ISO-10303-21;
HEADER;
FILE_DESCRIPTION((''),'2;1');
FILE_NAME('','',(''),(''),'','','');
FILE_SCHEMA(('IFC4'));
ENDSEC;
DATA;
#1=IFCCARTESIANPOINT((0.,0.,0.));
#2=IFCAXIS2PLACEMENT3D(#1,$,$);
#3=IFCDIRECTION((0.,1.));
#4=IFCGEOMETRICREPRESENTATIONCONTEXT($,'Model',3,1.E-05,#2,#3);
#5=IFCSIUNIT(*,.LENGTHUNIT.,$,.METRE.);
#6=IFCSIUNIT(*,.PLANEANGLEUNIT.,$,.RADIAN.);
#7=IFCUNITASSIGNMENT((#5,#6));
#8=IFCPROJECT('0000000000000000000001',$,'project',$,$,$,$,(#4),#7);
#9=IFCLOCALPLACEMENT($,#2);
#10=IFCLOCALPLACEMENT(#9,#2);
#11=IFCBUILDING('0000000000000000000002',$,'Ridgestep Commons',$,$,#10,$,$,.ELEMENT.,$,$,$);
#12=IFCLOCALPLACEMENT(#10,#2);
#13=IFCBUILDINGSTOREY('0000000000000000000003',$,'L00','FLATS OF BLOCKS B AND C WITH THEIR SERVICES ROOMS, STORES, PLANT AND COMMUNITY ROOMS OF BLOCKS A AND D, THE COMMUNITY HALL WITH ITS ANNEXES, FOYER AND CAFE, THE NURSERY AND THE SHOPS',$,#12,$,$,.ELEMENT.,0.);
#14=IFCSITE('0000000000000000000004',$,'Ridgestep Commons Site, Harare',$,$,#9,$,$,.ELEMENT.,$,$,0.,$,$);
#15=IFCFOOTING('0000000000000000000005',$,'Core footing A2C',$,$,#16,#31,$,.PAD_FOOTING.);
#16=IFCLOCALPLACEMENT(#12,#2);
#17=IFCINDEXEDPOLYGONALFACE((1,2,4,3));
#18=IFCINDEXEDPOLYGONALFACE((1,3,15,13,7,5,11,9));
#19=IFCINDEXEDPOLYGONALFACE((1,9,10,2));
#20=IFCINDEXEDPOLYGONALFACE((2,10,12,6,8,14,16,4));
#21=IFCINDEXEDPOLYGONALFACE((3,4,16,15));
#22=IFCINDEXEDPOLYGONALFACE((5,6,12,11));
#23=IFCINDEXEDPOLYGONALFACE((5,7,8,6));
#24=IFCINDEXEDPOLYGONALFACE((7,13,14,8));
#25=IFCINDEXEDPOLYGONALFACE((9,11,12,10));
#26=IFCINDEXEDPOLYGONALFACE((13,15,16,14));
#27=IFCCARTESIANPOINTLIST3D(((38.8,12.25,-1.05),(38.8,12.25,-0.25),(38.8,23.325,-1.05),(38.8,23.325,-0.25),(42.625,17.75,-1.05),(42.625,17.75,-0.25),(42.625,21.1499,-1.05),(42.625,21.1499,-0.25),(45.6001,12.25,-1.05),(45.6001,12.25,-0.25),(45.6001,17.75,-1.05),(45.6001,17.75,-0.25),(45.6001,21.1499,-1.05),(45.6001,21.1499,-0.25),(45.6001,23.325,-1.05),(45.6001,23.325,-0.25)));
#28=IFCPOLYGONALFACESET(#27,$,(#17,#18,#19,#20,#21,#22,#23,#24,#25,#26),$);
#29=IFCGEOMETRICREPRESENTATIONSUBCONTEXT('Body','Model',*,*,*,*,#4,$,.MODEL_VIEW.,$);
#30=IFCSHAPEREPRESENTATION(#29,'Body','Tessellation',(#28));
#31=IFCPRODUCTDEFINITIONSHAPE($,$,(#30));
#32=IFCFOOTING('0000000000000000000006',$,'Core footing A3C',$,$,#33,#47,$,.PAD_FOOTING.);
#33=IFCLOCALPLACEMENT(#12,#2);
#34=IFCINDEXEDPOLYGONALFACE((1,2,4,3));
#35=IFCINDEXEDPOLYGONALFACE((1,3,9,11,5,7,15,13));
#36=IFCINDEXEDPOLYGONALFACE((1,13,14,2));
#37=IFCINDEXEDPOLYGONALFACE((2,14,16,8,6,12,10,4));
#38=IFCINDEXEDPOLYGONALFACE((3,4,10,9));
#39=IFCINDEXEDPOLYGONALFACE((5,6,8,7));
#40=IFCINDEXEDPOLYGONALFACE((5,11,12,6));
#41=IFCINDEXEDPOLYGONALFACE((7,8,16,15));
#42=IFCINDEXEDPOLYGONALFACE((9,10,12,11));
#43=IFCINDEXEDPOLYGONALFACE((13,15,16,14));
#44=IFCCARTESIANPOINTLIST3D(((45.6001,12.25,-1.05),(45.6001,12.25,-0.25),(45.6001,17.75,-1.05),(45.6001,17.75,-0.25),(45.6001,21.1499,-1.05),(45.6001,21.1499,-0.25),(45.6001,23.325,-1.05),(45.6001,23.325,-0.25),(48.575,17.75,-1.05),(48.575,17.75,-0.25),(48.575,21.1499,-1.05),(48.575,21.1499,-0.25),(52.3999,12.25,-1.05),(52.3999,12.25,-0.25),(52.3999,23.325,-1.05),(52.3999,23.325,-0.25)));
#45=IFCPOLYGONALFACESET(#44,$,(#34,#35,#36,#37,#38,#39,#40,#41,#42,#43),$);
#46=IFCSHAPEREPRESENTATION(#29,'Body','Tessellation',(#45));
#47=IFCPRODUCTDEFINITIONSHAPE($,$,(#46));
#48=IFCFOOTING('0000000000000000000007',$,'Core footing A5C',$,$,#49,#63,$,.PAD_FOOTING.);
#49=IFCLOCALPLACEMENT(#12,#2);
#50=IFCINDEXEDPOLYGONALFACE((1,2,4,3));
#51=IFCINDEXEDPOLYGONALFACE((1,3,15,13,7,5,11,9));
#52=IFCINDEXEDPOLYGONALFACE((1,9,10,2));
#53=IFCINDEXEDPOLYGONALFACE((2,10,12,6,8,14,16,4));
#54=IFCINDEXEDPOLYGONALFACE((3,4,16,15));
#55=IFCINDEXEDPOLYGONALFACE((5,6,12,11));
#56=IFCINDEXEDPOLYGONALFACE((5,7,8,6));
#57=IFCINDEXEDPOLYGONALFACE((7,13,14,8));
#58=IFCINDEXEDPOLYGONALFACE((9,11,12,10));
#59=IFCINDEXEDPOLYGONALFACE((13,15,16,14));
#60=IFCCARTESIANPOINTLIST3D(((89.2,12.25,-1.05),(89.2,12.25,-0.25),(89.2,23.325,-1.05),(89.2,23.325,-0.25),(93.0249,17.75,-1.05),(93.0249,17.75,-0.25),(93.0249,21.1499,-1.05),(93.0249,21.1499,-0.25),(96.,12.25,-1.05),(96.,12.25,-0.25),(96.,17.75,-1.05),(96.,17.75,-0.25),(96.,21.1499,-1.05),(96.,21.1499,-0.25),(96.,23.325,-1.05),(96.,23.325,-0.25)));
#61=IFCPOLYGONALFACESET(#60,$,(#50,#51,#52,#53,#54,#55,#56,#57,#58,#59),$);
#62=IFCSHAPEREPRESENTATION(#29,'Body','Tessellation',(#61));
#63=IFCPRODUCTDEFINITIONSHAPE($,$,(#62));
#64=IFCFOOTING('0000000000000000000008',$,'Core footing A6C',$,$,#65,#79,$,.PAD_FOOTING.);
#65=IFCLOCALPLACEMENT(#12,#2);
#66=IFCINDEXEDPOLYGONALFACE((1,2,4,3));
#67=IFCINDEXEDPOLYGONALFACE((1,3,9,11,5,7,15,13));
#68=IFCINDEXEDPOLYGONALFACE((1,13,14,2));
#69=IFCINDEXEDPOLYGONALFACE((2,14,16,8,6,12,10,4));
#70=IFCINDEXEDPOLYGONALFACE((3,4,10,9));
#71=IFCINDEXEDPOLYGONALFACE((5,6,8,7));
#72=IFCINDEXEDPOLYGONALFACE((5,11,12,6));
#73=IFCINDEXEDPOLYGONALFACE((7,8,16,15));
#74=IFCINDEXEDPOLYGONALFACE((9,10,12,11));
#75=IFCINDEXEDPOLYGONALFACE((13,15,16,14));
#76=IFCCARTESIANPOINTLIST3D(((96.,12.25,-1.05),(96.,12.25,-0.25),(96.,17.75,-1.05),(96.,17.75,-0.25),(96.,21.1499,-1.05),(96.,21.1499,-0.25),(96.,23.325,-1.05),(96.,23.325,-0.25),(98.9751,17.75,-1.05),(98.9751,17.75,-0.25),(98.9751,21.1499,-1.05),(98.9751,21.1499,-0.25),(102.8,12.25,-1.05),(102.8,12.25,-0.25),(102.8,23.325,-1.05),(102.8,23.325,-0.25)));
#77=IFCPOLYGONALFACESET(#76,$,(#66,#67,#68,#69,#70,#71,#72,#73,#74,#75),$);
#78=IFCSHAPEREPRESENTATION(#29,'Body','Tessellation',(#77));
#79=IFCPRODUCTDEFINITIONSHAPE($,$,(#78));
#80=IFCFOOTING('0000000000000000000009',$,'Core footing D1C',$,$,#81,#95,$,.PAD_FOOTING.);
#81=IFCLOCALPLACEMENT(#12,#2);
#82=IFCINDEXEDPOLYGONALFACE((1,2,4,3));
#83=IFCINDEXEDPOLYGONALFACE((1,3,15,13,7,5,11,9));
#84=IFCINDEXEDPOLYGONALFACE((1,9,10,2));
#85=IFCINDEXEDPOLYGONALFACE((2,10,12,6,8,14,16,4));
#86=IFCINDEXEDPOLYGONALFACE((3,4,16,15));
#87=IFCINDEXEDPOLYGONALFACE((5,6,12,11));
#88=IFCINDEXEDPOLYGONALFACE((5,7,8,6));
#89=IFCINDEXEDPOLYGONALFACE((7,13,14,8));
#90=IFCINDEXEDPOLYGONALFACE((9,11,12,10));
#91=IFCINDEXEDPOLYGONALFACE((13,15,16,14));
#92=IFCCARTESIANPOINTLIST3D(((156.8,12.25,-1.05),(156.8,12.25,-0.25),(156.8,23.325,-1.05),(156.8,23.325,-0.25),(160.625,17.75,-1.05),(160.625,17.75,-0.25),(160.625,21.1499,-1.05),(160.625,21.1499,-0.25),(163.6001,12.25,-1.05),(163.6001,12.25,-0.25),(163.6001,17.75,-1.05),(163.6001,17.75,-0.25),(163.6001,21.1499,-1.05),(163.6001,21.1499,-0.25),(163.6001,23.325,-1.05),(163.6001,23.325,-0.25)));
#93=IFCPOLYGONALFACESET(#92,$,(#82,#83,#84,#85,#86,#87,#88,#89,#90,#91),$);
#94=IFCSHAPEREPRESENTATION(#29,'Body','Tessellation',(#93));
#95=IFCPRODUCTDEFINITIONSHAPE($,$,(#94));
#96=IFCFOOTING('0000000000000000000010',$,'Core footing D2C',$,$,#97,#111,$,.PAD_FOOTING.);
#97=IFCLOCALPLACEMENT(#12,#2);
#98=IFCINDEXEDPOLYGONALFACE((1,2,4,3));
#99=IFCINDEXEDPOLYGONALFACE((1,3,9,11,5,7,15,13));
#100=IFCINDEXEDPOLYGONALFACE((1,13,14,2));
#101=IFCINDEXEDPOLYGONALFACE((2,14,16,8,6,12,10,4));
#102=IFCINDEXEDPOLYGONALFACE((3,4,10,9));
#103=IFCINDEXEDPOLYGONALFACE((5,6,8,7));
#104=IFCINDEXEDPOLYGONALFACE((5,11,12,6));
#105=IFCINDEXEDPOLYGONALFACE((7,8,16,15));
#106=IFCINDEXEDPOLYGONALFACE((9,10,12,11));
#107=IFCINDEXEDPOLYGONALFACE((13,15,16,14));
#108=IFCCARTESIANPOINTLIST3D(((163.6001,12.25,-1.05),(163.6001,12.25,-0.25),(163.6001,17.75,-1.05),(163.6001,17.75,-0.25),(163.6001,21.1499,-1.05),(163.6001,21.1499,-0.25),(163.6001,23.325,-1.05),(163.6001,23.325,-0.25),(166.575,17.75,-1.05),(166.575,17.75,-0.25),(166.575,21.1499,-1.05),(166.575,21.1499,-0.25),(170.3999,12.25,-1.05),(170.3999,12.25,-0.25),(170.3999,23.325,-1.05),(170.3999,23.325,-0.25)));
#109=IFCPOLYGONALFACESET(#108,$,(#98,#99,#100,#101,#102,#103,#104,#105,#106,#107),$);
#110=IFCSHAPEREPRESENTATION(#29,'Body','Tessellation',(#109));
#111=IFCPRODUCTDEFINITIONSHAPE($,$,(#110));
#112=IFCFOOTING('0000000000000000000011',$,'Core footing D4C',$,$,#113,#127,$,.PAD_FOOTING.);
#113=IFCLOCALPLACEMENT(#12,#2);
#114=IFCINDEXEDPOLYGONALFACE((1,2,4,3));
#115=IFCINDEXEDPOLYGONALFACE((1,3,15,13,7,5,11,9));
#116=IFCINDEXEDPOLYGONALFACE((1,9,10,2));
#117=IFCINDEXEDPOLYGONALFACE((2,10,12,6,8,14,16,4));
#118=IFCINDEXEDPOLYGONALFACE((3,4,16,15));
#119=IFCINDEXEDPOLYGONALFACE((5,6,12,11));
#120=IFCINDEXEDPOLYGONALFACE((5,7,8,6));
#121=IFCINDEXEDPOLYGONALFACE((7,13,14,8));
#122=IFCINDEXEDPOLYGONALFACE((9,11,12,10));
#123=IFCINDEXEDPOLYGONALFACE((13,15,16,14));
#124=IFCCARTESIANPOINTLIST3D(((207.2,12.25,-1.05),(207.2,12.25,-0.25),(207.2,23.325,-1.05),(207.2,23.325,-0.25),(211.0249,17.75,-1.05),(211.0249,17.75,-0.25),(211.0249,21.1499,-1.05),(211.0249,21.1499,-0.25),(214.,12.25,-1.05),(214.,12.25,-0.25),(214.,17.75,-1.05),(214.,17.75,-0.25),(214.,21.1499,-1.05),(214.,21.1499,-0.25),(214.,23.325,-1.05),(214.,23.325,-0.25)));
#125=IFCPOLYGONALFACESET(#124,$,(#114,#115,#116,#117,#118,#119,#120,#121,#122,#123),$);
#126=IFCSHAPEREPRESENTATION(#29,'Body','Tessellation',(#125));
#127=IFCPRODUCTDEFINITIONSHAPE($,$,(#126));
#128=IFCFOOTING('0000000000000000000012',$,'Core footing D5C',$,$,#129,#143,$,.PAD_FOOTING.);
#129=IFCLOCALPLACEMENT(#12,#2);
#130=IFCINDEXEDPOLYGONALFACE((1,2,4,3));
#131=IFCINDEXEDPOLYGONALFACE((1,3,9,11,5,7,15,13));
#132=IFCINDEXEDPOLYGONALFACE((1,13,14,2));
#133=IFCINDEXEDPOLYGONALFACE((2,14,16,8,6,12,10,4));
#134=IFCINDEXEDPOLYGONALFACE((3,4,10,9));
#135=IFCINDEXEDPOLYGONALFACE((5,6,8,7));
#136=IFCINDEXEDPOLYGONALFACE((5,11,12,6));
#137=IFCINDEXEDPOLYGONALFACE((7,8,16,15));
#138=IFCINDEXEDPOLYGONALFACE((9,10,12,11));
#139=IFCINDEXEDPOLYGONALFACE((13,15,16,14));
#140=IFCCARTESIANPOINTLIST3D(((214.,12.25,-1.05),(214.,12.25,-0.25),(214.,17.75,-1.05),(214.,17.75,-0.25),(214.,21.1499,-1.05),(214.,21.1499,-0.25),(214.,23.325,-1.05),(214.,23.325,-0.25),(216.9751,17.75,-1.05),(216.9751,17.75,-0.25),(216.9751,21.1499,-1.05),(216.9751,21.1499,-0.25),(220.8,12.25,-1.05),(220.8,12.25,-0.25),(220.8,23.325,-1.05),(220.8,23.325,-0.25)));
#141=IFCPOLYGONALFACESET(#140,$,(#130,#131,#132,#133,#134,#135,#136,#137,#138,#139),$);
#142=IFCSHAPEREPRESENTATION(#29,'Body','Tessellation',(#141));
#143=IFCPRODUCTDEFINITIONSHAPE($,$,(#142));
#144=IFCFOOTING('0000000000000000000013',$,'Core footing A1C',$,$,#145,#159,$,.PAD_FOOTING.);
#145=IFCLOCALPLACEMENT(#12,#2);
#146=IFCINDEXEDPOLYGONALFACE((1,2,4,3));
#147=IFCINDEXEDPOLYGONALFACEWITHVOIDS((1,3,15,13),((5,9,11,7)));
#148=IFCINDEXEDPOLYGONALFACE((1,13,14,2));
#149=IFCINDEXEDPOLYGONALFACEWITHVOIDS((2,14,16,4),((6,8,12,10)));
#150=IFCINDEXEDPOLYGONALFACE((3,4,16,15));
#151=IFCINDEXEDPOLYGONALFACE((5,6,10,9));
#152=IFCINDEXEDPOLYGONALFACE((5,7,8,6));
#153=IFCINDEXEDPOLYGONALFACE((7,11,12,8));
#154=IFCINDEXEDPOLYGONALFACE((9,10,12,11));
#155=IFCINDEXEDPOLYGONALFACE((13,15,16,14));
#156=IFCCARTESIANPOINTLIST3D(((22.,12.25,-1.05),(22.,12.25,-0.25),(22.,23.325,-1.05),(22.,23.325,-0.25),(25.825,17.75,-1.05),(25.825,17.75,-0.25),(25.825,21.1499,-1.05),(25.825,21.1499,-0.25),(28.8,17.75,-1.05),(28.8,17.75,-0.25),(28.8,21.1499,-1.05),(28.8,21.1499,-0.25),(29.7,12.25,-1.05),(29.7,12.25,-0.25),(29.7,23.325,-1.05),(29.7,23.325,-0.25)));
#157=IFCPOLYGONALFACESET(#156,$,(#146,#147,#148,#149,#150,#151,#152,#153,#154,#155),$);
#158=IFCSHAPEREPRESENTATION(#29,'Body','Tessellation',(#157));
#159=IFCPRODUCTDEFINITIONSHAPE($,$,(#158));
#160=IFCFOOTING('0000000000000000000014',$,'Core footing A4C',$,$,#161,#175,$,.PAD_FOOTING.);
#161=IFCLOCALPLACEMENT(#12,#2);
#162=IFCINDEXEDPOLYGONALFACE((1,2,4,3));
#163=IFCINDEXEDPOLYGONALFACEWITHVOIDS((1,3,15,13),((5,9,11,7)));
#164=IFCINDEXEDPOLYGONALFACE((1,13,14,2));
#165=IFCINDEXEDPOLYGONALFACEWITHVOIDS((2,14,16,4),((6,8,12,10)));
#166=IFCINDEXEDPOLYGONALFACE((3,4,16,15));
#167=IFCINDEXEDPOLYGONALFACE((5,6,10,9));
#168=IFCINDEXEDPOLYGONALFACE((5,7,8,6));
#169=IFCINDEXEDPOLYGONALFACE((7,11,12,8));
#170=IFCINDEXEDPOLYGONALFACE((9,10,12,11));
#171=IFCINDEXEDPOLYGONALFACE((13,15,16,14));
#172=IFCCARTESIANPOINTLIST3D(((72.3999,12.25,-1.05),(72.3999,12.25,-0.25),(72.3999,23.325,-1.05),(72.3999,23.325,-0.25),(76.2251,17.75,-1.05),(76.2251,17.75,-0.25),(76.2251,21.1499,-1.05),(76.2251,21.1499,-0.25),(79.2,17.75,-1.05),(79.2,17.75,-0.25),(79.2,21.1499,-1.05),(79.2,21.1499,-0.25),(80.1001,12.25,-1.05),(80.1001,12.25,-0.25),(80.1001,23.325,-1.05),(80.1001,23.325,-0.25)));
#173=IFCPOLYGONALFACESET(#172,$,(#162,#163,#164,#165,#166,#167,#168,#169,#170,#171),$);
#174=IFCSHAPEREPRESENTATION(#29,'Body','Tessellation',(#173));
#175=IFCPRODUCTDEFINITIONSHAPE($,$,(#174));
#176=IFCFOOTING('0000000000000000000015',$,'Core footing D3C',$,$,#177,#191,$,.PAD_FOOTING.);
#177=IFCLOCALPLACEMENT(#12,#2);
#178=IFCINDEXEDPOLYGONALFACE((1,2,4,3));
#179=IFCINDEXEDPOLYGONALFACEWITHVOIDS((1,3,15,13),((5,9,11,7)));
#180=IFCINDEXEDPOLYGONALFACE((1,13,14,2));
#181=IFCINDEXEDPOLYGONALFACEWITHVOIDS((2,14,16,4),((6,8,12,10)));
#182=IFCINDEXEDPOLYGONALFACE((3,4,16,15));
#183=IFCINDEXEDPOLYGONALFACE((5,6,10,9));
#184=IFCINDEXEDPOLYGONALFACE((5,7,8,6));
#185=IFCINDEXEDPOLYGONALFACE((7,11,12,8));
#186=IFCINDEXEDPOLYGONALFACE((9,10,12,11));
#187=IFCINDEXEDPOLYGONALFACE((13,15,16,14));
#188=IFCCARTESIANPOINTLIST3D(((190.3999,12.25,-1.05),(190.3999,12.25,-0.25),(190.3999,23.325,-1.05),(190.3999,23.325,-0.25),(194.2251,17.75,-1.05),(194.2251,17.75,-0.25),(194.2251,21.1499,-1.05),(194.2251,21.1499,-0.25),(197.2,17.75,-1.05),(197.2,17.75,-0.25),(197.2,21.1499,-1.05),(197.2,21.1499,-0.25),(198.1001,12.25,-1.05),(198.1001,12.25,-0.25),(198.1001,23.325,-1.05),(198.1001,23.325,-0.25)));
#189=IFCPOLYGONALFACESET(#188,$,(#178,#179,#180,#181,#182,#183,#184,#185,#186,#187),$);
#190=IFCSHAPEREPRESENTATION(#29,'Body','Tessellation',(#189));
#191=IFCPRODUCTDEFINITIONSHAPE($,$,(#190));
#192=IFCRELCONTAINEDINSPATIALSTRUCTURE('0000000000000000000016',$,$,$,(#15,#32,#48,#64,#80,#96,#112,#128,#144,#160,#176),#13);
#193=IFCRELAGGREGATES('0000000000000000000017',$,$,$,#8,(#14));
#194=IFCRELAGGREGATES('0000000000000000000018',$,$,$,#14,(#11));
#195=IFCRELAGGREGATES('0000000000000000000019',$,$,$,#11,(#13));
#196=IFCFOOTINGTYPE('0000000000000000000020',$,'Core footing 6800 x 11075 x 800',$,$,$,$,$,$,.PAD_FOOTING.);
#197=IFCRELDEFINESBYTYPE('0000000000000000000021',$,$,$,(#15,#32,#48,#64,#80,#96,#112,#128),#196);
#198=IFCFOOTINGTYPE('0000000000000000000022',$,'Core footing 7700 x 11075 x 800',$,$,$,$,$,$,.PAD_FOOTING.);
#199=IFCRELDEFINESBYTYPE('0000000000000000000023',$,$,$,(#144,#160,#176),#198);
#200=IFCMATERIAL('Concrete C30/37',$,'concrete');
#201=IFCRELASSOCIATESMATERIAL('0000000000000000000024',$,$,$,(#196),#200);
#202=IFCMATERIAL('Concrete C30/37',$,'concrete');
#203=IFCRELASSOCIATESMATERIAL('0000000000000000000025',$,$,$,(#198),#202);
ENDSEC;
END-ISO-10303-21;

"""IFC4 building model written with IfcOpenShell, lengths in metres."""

from ifc_helpers import new_model, si_unit, direction, frame, origin, place, context, subcontext, project, spatial, polyline, outline, extrude, material, type_object, element, save


model = new_model("IFC4")

# Units and contexts
model_context = context("Model", 3, precision=1e-05, world=origin(), true_north=direction((0.0, 1.0)))
body_context = subcontext(model_context, "Body", "Model", "MODEL_VIEW")
ifc_project = project(units=[si_unit("LENGTHUNIT", "METRE"), si_unit("PLANEANGLEUNIT", "RADIAN")], contexts=[model_context])

# Site, building, storey
site_placement = place(None, origin())
site = spatial("IfcSite", under=ifc_project, at=site_placement, Name="Ridgestep Commons Site, Harare", CompositionType="ELEMENT", RefElevation=0.0)
building_placement = place(site_placement, origin())
building = spatial("IfcBuilding", under=site, at=building_placement, Name="Ridgestep Commons", CompositionType="ELEMENT")
storey_placement = place(building_placement, origin())
storey = spatial("IfcBuildingStorey", under=building, at=storey_placement, Name="L00", Description="FLATS OF BLOCKS B AND C WITH THEIR SERVICES ROOMS, STORES, PLANT AND COMMUNITY ROOMS OF BLOCKS A AND D, THE COMMUNITY HALL WITH ITS ANNEXES, FOYER AND CAFE, THE NURSERY AND THE SHOPS", CompositionType="ELEMENT", Elevation=0.0)

# Footings
ifc_material_1 = material(Name="Concrete C30/37", Category="concrete")
footing_type_1 = type_object("IfcFootingType", Name="Core footing 6800 x 11075 x 800", PredefinedType="PAD_FOOTING", material=ifc_material_1)
footing_1_placement = place(storey_placement, frame((0.0, 0.0, -1.05)))
element("IfcFooting", 1, at=footing_1_placement, inside=storey, type_object=footing_type_1, Name="Core footing A2C", PredefinedType="PAD_FOOTING", context=body_context, shape_type="SweptSolid", body=[
    extrude(outline(polyline([(45.6001, 12.25), (45.6001, 17.75), (42.625, 17.75), (42.625, 21.1499), (45.6001, 21.1499), (45.6001, 23.325), (38.8, 23.325), (38.8, 12.25), (45.6001, 12.25)])), origin(), (0.0, 0.0, 1.0), 0.8),
])
footing_2_placement = place(storey_placement, frame((0.0, 0.0, -1.05)))
element("IfcFooting", 2, at=footing_2_placement, inside=storey, type_object=footing_type_1, Name="Core footing A3C", PredefinedType="PAD_FOOTING", context=body_context, shape_type="SweptSolid", body=[
    extrude(outline(polyline([(45.6001, 23.325), (45.6001, 21.1499), (48.575, 21.1499), (48.575, 17.75), (45.6001, 17.75), (45.6001, 12.25), (52.3999, 12.25), (52.3999, 23.325), (45.6001, 23.325)])), origin(), (0.0, 0.0, 1.0), 0.8),
])
footing_3_placement = place(storey_placement, frame((0.0, 0.0, -1.05)))
element("IfcFooting", 3, at=footing_3_placement, inside=storey, type_object=footing_type_1, Name="Core footing A5C", PredefinedType="PAD_FOOTING", context=body_context, shape_type="SweptSolid", body=[
    extrude(outline(polyline([(96.0, 12.25), (96.0, 17.75), (93.0249, 17.75), (93.0249, 21.1499), (96.0, 21.1499), (96.0, 23.325), (89.2, 23.325), (89.2, 12.25), (96.0, 12.25)])), origin(), (0.0, 0.0, 1.0), 0.8),
])
footing_4_placement = place(storey_placement, frame((0.0, 0.0, -1.05)))
element("IfcFooting", 4, at=footing_4_placement, inside=storey, type_object=footing_type_1, Name="Core footing A6C", PredefinedType="PAD_FOOTING", context=body_context, shape_type="SweptSolid", body=[
    extrude(outline(polyline([(96.0, 23.325), (96.0, 21.1499), (98.9751, 21.1499), (98.9751, 17.75), (96.0, 17.75), (96.0, 12.25), (102.8, 12.25), (102.8, 23.325), (96.0, 23.325)])), origin(), (0.0, 0.0, 1.0), 0.8),
])
footing_5_placement = place(storey_placement, frame((0.0, 0.0, -1.05)))
element("IfcFooting", 5, at=footing_5_placement, inside=storey, type_object=footing_type_1, Name="Core footing D1C", PredefinedType="PAD_FOOTING", context=body_context, shape_type="SweptSolid", body=[
    extrude(outline(polyline([(163.6001, 12.25), (163.6001, 17.75), (160.625, 17.75), (160.625, 21.1499), (163.6001, 21.1499), (163.6001, 23.325), (156.8, 23.325), (156.8, 12.25), (163.6001, 12.25)])), origin(), (0.0, 0.0, 1.0), 0.8),
])
footing_6_placement = place(storey_placement, frame((0.0, 0.0, -1.05)))
element("IfcFooting", 6, at=footing_6_placement, inside=storey, type_object=footing_type_1, Name="Core footing D2C", PredefinedType="PAD_FOOTING", context=body_context, shape_type="SweptSolid", body=[
    extrude(outline(polyline([(163.6001, 23.325), (163.6001, 21.1499), (166.575, 21.1499), (166.575, 17.75), (163.6001, 17.75), (163.6001, 12.25), (170.3999, 12.25), (170.3999, 23.325), (163.6001, 23.325)])), origin(), (0.0, 0.0, 1.0), 0.8),
])
footing_7_placement = place(storey_placement, frame((0.0, 0.0, -1.05)))
element("IfcFooting", 7, at=footing_7_placement, inside=storey, type_object=footing_type_1, Name="Core footing D4C", PredefinedType="PAD_FOOTING", context=body_context, shape_type="SweptSolid", body=[
    extrude(outline(polyline([(214.0, 12.25), (214.0, 17.75), (211.0249, 17.75), (211.0249, 21.1499), (214.0, 21.1499), (214.0, 23.325), (207.2, 23.325), (207.2, 12.25), (214.0, 12.25)])), origin(), (0.0, 0.0, 1.0), 0.8),
])
footing_8_placement = place(storey_placement, frame((0.0, 0.0, -1.05)))
element("IfcFooting", 8, at=footing_8_placement, inside=storey, type_object=footing_type_1, Name="Core footing D5C", PredefinedType="PAD_FOOTING", context=body_context, shape_type="SweptSolid", body=[
    extrude(outline(polyline([(214.0, 23.325), (214.0, 21.1499), (216.9751, 21.1499), (216.9751, 17.75), (214.0, 17.75), (214.0, 12.25), (220.8, 12.25), (220.8, 23.325), (214.0, 23.325)])), origin(), (0.0, 0.0, 1.0), 0.8),
])
ifc_material_2 = material(Name="Concrete C30/37", Category="concrete")
footing_type_2 = type_object("IfcFootingType", Name="Core footing 7700 x 11075 x 800", PredefinedType="PAD_FOOTING", material=ifc_material_2)
footing_9_placement = place(storey_placement, frame((0.0, 0.0, -1.05)))
element("IfcFooting", 9, at=footing_9_placement, inside=storey, type_object=footing_type_2, Name="Core footing A1C", PredefinedType="PAD_FOOTING", context=body_context, shape_type="SweptSolid", body=[
    extrude(outline(polyline([(22.0, 12.25), (29.7, 12.25), (29.7, 23.325), (22.0, 23.325), (22.0, 12.25)]), holes=[polyline([(28.8, 21.1499), (28.8, 17.75), (25.825, 17.75), (25.825, 21.1499), (28.8, 21.1499)])]), origin(), (0.0, 0.0, 1.0), 0.8),
])
footing_10_placement = place(storey_placement, frame((0.0, 0.0, -1.05)))
element("IfcFooting", 10, at=footing_10_placement, inside=storey, type_object=footing_type_2, Name="Core footing A4C", PredefinedType="PAD_FOOTING", context=body_context, shape_type="SweptSolid", body=[
    extrude(outline(polyline([(72.3999, 12.25), (80.1001, 12.25), (80.1001, 23.325), (72.3999, 23.325), (72.3999, 12.25)]), holes=[polyline([(79.2, 21.1499), (79.2, 17.75), (76.2251, 17.75), (76.2251, 21.1499), (79.2, 21.1499)])]), origin(), (0.0, 0.0, 1.0), 0.8),
])
footing_11_placement = place(storey_placement, frame((0.0, 0.0, -1.05)))
element("IfcFooting", 11, at=footing_11_placement, inside=storey, type_object=footing_type_2, Name="Core footing D3C", PredefinedType="PAD_FOOTING", context=body_context, shape_type="SweptSolid", body=[
    extrude(outline(polyline([(190.3999, 12.25), (198.1001, 12.25), (198.1001, 23.325), (190.3999, 23.325), (190.3999, 12.25)]), holes=[polyline([(197.2, 21.1499), (197.2, 17.75), (194.2251, 17.75), (194.2251, 21.1499), (197.2, 21.1499)])]), origin(), (0.0, 0.0, 1.0), 0.8),
])

save(model, "model.ifc")
